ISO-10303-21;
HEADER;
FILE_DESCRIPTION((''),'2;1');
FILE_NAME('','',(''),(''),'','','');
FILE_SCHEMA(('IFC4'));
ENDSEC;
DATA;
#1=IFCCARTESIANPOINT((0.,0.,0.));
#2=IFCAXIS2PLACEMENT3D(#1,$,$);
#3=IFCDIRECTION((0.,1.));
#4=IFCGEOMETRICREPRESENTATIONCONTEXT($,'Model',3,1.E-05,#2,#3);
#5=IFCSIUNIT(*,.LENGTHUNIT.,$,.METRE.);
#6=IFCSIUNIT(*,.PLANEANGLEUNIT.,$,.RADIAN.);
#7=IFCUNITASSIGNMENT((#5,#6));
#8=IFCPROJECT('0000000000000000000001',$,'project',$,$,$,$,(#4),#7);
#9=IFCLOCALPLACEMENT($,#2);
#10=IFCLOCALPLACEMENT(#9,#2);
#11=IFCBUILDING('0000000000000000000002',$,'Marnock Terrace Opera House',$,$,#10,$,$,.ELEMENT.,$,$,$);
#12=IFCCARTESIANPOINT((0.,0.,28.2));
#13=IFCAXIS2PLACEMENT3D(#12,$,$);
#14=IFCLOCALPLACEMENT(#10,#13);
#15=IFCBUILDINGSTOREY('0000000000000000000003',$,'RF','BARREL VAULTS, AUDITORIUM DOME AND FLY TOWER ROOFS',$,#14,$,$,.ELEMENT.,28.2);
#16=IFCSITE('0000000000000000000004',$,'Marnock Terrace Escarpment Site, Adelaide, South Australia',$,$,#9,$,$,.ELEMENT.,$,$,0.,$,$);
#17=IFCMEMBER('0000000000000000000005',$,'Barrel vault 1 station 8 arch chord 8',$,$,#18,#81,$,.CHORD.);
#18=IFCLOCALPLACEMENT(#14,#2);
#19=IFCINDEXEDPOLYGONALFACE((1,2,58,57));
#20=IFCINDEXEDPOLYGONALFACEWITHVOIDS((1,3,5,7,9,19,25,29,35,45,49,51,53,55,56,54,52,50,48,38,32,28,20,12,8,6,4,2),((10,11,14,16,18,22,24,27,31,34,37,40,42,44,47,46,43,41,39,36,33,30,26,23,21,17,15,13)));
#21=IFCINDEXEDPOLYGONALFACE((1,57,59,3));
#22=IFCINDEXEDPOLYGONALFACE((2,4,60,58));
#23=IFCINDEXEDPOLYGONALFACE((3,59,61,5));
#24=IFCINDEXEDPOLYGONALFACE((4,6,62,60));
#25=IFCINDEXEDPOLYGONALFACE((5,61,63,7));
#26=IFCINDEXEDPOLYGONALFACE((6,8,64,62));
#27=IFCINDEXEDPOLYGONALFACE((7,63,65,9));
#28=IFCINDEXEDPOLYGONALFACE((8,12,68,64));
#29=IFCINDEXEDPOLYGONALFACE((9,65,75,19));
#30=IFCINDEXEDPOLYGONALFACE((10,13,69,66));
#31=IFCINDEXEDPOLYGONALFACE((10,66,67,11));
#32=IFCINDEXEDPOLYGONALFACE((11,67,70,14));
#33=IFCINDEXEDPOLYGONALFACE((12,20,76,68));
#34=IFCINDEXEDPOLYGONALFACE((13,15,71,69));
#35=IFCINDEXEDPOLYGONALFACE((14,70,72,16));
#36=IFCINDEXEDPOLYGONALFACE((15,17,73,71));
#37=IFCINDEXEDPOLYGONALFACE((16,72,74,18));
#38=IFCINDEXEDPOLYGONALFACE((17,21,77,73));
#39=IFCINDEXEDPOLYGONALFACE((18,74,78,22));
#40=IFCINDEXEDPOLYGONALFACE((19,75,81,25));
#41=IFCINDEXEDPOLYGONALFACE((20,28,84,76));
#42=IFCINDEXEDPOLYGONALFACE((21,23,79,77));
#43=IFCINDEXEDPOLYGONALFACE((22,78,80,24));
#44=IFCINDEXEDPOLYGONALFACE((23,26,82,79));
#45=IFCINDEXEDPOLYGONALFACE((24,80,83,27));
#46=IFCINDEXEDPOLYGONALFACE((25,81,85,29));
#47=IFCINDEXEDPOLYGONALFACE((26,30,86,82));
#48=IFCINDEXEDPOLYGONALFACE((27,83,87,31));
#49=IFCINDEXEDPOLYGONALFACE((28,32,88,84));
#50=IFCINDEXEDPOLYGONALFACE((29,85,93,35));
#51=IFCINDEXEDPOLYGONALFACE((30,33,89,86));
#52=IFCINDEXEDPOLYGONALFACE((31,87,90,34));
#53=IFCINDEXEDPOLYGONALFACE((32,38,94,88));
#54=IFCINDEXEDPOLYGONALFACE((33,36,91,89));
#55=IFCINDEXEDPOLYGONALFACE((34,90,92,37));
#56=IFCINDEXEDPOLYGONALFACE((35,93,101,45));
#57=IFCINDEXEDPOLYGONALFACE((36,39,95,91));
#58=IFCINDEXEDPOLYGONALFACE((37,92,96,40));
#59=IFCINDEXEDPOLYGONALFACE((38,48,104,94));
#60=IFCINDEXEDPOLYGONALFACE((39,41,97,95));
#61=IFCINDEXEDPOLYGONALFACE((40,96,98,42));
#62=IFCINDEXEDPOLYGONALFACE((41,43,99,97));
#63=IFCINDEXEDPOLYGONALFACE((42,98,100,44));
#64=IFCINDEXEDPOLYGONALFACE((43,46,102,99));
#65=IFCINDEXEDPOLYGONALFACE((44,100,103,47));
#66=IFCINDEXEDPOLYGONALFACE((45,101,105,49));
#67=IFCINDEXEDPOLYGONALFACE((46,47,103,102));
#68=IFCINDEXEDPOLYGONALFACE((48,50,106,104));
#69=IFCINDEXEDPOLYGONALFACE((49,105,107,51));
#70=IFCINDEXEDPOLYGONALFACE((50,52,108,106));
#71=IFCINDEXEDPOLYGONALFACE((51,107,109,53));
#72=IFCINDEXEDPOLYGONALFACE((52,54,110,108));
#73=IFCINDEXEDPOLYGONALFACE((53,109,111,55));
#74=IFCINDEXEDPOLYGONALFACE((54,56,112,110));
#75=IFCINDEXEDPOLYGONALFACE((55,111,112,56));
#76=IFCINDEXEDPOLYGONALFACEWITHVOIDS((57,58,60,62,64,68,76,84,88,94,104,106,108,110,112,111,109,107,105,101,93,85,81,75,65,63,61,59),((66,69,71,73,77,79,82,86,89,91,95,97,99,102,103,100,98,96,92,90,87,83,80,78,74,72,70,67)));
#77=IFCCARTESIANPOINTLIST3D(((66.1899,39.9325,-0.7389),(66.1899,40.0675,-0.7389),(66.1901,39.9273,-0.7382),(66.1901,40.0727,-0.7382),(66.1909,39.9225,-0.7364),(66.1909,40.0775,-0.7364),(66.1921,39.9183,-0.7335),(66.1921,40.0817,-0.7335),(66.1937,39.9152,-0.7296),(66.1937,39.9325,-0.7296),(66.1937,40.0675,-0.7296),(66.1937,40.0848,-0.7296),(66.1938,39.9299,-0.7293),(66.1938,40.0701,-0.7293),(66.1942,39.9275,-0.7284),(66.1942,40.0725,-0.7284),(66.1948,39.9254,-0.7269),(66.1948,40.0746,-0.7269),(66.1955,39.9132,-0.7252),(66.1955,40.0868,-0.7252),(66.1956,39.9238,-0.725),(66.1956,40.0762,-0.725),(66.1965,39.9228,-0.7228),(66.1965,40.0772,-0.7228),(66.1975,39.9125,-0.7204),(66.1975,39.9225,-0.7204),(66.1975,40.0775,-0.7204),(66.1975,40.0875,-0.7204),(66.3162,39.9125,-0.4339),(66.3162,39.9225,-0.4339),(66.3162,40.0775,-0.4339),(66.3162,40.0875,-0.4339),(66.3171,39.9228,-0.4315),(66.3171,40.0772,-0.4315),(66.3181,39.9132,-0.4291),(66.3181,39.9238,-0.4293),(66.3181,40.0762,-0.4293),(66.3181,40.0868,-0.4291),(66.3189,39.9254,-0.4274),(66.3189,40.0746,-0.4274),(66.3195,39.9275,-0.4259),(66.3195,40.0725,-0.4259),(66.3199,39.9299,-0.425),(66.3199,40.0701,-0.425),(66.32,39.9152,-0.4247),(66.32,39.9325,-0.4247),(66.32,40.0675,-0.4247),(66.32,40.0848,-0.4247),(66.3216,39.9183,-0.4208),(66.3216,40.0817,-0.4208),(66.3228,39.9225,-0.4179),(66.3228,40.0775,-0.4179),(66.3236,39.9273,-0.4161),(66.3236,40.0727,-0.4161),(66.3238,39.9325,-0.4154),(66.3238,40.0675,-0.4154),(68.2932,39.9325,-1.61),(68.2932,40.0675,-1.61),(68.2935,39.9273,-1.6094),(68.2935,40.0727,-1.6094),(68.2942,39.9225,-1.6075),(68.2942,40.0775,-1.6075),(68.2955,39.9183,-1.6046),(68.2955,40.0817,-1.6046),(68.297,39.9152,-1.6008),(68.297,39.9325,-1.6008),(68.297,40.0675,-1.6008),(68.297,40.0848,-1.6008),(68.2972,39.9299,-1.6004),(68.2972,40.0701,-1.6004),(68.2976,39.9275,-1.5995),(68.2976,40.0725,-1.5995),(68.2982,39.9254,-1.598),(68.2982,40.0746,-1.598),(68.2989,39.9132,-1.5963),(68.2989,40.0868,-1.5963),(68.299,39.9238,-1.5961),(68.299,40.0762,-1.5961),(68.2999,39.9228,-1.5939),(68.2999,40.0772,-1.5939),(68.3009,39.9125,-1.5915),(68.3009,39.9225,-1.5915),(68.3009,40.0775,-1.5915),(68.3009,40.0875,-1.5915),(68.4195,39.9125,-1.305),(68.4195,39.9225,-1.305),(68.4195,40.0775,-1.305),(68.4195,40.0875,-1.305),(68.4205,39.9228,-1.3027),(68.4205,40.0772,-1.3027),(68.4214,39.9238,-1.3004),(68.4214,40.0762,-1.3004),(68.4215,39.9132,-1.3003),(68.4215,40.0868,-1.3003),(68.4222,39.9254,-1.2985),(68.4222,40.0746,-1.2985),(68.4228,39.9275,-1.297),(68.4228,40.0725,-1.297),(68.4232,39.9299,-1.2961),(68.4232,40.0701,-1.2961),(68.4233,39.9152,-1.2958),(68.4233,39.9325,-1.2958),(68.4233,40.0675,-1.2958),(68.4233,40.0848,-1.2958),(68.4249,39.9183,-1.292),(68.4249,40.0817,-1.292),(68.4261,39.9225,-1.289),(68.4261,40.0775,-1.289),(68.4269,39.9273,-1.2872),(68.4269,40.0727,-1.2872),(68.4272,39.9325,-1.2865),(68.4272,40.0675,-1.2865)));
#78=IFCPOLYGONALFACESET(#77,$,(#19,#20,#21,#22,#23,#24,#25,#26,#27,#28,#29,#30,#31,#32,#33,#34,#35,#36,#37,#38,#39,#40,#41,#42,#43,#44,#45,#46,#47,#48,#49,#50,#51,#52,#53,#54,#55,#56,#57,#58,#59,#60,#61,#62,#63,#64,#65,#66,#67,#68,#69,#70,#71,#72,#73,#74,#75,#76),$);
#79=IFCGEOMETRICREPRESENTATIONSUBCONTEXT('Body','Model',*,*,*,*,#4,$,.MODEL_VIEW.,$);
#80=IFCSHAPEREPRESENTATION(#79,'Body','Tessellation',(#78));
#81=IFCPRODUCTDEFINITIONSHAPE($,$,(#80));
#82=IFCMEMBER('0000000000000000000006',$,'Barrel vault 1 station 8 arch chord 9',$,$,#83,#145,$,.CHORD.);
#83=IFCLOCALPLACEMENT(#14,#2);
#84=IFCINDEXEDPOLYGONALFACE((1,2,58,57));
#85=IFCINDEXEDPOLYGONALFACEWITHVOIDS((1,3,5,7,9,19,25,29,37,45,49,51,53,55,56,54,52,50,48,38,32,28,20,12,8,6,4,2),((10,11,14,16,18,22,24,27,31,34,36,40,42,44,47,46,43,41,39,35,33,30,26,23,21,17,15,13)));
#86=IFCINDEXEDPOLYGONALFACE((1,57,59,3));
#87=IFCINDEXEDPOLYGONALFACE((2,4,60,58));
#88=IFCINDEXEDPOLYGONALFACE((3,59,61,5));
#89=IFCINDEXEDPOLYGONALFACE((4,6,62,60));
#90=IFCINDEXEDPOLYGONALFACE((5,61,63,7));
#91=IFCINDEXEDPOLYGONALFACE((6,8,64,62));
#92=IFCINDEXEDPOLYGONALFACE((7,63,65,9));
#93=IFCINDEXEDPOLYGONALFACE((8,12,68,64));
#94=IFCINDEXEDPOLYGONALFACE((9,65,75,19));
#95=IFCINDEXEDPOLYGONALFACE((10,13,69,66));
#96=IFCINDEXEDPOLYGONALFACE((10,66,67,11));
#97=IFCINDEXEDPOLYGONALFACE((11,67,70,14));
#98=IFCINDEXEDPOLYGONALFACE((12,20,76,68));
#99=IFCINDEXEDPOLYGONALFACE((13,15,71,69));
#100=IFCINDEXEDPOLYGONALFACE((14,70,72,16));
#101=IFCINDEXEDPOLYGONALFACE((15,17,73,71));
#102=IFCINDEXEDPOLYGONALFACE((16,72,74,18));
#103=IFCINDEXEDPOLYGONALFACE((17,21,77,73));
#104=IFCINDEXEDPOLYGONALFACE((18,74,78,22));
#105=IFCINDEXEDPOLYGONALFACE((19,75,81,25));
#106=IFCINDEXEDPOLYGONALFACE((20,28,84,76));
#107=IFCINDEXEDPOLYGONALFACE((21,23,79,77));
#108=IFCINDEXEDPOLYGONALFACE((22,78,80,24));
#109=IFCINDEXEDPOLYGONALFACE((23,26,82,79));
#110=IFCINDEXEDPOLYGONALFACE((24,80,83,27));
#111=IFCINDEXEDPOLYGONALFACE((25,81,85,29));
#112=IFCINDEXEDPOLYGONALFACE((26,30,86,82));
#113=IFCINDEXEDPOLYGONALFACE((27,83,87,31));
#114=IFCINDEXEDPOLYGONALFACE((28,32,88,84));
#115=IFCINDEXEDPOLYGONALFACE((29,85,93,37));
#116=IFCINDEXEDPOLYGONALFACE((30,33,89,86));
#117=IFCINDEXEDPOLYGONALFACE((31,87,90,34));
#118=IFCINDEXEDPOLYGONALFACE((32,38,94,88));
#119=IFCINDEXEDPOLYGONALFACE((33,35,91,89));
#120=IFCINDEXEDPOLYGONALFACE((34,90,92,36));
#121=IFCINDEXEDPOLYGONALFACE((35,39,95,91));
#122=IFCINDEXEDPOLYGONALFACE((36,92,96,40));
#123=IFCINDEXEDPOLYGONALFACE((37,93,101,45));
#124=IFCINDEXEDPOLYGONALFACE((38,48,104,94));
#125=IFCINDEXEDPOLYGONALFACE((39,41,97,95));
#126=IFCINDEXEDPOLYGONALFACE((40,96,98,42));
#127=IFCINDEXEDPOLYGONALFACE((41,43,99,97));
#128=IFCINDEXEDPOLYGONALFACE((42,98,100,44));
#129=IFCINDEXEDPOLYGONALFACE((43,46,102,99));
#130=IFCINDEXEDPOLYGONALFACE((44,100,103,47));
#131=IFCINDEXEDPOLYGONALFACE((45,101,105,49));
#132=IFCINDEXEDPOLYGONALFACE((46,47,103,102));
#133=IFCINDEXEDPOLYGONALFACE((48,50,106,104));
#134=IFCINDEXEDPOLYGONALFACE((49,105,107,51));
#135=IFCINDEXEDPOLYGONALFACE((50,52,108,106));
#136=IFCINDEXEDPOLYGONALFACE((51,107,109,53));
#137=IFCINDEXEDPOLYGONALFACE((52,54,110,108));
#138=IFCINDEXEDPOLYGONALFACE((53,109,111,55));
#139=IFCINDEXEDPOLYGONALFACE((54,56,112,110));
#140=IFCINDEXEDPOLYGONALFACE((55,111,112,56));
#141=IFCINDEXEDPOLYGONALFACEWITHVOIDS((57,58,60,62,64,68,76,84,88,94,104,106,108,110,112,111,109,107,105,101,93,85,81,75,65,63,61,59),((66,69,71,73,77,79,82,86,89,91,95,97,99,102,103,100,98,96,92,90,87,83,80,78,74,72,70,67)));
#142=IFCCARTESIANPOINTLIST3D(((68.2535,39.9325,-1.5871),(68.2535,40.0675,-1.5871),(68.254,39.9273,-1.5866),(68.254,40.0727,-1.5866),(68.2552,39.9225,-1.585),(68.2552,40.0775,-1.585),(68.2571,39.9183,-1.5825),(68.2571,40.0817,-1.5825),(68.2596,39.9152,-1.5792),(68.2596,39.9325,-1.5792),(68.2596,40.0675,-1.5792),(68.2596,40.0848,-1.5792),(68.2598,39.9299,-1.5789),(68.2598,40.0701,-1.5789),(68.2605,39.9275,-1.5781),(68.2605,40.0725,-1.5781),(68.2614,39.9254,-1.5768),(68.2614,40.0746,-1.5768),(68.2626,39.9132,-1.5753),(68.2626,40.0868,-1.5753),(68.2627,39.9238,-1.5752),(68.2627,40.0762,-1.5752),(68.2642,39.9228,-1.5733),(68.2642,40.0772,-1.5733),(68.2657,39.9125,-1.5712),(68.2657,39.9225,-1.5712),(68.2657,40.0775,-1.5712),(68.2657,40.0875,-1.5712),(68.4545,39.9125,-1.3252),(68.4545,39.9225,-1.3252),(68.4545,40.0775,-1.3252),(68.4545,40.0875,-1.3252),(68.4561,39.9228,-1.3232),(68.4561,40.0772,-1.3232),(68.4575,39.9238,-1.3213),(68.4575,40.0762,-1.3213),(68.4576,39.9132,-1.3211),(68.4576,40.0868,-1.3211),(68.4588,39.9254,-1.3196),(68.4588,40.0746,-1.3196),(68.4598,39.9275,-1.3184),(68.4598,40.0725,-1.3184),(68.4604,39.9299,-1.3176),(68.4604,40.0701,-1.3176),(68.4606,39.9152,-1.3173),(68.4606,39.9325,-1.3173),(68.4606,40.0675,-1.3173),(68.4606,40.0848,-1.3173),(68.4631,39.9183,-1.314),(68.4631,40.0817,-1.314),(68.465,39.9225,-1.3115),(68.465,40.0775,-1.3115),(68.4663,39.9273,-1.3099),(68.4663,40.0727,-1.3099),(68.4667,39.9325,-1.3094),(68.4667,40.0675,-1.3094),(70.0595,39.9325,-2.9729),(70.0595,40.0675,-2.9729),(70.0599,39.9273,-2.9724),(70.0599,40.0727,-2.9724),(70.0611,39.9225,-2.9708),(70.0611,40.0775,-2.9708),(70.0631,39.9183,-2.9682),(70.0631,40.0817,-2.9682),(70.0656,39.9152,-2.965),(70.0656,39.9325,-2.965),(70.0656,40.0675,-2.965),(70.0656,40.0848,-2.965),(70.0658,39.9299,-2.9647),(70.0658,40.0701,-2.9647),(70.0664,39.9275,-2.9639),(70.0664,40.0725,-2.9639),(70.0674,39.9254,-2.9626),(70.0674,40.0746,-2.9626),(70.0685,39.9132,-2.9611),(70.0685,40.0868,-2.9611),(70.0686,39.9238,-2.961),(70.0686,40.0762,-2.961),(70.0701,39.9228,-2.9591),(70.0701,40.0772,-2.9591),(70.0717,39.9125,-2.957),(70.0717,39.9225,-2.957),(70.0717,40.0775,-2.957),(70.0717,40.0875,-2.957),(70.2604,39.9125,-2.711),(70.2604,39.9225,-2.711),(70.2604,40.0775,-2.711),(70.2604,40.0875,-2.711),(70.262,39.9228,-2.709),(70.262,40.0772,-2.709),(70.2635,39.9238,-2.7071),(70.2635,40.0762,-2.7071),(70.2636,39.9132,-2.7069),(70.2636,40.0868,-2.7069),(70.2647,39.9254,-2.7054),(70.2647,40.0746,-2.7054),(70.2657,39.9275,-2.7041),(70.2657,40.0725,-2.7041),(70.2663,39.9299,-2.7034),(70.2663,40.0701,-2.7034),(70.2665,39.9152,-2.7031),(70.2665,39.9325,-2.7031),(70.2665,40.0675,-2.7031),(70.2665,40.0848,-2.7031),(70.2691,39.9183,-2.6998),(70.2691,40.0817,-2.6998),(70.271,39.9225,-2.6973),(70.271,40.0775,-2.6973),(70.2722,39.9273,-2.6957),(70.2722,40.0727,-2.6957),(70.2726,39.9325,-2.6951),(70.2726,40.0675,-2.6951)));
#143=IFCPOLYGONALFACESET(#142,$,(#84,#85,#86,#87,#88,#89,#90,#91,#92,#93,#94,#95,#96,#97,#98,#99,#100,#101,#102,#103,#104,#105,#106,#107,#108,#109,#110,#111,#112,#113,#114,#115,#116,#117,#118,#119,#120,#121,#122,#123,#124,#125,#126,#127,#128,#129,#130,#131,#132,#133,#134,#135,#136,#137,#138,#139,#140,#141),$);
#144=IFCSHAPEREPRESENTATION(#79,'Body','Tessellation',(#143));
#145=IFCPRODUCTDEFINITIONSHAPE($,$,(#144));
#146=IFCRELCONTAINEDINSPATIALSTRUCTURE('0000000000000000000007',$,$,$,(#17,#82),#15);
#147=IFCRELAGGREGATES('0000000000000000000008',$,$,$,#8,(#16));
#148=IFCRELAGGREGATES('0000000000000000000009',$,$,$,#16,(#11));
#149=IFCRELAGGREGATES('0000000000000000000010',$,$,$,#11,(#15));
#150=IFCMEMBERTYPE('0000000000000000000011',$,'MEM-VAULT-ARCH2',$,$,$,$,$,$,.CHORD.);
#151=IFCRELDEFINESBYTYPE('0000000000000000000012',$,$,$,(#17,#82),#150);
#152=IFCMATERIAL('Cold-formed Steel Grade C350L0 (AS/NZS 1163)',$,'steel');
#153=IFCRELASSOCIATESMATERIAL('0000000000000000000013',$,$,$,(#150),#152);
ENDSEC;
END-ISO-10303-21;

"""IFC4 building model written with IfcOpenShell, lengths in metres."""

from ifc_helpers import new_model, si_unit, direction, frame, origin, origin_2d, place, context, subcontext, project, spatial, hollow_rectangle, extrude, material, material_profile, profile_set, type_object, element, save


model = new_model("IFC4")

# Units and contexts
model_context = context("Model", 3, precision=1e-05, world=origin(), true_north=direction((0.0, 1.0)))
body_context = subcontext(model_context, "Body", "Model", "MODEL_VIEW")
ifc_project = project(units=[si_unit("LENGTHUNIT", "METRE"), si_unit("PLANEANGLEUNIT", "RADIAN")], contexts=[model_context])

# Site, building, storey
site_placement = place(None, origin())
site = spatial("IfcSite", under=ifc_project, at=site_placement, Name="Marnock Terrace Escarpment Site, Adelaide, South Australia", CompositionType="ELEMENT", RefElevation=0.0)
building_placement = place(site_placement, origin())
building = spatial("IfcBuilding", under=site, at=building_placement, Name="Marnock Terrace Opera House", CompositionType="ELEMENT")
storey_placement = place(building_placement, frame((0.0, 0.0, 28.2)))
storey = spatial("IfcBuildingStorey", under=building, at=storey_placement, Name="RF", Description="BARREL VAULTS, AUDITORIUM DOME AND FLY TOWER ROOFS", CompositionType="ELEMENT", Elevation=28.2)

# Members
ifc_material_1 = material(Name="Cold-formed Steel Grade C350L0 (AS/NZS 1163)", Category="steel")
ifc_material_profile_1 = material_profile(ifc_material_1, hollow_rectangle(XDim=0.175, YDim=0.3501, WallThickness=0.01, InnerFilletRadius=0.01, OuterFilletRadius=0.02, at=origin_2d()))
ifc_profile_set_1 = profile_set([ifc_material_profile_1], Name="Cold-formed Steel Grade C350L0 (AS/NZS 1163)")
member_type_1 = type_object("IfcMemberType", Name="MEM-VAULT-ARCH2", PredefinedType="CHORD", material=ifc_profile_set_1)
member_1_placement = place(storey_placement, frame((66.2568, 40.0, -0.5771), z_axis=(0.923897, 0.0, -0.382642), x_axis=(0.0, 1.0, 0.0)))
element("IfcMember", 1, at=member_1_placement, inside=storey, type_object=member_type_1, Name="Barrel vault 1 station 8 arch chord 8", PredefinedType="CHORD", context=body_context, shape_type="SweptSolid", body=[
    extrude(hollow_rectangle(XDim=0.175, YDim=0.3501, WallThickness=0.01, InnerFilletRadius=0.01, OuterFilletRadius=0.02, at=origin_2d()), origin(), (0.0, 0.0, 1.0), 2.2766),
])
member_2_placement = place(storey_placement, frame((68.3601, 40.0, -1.4482), z_axis=(0.793349, 0.0, -0.608767), x_axis=(0.0, 1.0, 0.0)))
element("IfcMember", 2, at=member_2_placement, inside=storey, type_object=member_type_1, Name="Barrel vault 1 station 8 arch chord 9", PredefinedType="CHORD", context=body_context, shape_type="SweptSolid", body=[
    extrude(hollow_rectangle(XDim=0.175, YDim=0.3501, WallThickness=0.01, InnerFilletRadius=0.01, OuterFilletRadius=0.02, at=origin_2d()), origin(), (0.0, 0.0, 1.0), 2.2764),
])

save(model, "model.ifc")
